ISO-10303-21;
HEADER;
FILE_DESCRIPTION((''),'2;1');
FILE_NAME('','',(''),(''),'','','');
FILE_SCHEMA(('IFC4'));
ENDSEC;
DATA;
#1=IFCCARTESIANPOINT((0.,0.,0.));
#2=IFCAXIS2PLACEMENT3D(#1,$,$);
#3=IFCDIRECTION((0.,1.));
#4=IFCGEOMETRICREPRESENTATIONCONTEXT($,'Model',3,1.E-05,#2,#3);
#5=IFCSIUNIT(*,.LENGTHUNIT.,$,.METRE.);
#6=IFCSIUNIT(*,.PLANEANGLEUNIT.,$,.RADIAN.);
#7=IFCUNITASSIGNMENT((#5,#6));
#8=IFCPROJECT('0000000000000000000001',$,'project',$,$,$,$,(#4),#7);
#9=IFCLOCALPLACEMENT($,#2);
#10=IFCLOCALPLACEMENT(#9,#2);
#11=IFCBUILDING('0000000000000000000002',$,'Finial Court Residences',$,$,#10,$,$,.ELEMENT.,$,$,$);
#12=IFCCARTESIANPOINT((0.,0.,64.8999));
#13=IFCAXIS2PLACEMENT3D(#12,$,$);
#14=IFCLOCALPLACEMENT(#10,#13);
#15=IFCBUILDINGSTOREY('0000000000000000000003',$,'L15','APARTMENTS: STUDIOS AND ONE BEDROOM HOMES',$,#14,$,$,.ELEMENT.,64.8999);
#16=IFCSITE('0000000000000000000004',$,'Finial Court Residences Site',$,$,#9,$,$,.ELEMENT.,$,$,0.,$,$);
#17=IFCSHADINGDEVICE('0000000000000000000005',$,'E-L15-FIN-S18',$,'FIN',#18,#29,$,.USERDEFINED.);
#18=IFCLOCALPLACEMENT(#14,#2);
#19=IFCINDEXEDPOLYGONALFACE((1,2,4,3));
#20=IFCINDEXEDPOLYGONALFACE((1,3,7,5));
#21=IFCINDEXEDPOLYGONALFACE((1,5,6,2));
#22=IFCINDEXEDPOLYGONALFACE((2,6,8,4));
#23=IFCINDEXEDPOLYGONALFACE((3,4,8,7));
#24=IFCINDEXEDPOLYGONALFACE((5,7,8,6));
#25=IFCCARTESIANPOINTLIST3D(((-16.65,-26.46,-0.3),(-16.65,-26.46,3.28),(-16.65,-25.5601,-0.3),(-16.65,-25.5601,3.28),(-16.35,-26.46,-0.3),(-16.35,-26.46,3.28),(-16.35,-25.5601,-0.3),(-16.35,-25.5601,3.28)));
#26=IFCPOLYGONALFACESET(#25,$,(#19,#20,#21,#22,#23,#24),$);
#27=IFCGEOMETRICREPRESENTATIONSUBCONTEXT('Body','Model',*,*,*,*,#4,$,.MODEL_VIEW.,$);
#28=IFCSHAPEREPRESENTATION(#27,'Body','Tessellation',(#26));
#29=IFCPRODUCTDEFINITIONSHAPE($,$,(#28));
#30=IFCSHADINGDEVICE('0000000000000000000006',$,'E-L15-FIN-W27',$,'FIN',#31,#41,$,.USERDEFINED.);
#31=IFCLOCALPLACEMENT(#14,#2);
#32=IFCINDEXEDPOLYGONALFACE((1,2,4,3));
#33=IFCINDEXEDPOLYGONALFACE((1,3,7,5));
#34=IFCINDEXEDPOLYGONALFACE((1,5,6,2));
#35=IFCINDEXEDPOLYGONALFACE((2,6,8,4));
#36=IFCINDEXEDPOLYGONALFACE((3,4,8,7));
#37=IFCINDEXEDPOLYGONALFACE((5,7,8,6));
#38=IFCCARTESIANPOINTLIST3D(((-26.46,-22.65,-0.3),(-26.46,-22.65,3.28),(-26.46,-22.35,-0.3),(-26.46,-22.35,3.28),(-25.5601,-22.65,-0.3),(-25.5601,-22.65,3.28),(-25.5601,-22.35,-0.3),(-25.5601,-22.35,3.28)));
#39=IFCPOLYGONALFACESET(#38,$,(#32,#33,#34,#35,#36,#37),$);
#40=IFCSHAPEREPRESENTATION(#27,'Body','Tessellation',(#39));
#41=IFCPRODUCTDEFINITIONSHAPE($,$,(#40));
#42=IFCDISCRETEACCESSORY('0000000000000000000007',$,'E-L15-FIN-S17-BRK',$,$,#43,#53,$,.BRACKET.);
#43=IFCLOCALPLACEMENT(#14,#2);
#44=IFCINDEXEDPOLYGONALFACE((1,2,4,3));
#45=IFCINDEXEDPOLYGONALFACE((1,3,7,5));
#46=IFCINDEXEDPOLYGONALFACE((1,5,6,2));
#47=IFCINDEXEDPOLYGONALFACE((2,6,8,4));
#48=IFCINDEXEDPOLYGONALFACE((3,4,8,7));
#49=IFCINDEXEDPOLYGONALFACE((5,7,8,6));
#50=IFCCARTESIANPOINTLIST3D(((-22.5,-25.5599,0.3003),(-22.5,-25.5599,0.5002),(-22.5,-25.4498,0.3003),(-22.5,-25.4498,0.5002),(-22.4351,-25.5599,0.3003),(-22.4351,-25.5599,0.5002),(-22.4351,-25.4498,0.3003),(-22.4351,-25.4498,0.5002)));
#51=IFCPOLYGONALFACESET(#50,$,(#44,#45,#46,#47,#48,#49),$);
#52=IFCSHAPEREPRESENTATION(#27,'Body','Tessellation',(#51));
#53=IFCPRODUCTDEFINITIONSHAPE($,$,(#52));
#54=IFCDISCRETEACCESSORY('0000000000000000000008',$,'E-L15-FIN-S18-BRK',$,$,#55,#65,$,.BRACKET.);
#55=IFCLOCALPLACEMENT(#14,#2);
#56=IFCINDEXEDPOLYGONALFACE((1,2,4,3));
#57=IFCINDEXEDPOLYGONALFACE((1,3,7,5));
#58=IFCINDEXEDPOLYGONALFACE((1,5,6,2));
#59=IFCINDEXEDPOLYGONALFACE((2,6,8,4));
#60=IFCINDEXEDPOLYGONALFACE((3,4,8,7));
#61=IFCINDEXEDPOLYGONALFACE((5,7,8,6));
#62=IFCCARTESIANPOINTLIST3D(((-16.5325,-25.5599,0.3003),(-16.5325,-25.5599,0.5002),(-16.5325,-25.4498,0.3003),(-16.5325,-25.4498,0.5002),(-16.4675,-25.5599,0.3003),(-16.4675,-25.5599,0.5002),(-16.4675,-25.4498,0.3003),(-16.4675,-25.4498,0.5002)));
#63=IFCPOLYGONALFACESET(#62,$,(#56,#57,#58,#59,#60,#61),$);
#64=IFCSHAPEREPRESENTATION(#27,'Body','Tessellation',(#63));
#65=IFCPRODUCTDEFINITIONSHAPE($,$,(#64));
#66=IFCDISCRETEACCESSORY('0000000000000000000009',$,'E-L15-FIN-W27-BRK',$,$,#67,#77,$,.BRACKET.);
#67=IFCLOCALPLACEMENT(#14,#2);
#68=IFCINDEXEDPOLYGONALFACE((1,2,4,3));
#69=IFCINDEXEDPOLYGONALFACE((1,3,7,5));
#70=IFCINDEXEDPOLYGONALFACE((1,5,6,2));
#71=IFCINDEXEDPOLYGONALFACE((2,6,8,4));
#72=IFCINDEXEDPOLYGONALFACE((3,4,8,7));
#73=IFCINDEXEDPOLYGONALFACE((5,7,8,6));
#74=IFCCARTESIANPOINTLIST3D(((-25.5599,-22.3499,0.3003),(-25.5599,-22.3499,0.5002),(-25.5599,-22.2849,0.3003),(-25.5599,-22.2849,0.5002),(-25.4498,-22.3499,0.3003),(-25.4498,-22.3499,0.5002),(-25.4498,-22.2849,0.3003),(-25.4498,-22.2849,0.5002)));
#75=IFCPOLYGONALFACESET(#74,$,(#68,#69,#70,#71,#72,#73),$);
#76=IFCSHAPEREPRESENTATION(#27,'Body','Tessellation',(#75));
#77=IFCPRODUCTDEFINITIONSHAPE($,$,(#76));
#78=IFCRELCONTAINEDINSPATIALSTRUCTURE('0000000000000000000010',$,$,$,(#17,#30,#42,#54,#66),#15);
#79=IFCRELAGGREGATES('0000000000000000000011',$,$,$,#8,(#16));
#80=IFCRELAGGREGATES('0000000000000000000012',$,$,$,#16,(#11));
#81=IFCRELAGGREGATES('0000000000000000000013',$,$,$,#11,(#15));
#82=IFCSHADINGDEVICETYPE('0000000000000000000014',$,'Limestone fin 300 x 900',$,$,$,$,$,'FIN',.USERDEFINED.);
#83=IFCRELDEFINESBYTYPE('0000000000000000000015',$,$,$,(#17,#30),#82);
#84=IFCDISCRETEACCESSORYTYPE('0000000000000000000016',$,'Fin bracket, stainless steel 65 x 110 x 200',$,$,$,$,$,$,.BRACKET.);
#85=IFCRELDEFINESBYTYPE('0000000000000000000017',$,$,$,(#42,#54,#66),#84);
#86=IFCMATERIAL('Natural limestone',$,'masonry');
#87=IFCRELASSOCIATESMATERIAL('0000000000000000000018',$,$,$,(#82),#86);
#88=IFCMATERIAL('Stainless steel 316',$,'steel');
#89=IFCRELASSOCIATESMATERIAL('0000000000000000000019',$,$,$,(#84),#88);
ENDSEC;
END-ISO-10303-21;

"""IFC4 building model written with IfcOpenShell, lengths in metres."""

from ifc_helpers import new_model, si_unit, direction, frame, origin, origin_2d, place, context, subcontext, project, spatial, rectangle, extrude, material, type_object, element, save


model = new_model("IFC4")

# Units and contexts
model_context = context("Model", 3, precision=1e-05, world=origin(), true_north=direction((0.0, 1.0)))
body_context = subcontext(model_context, "Body", "Model", "MODEL_VIEW")
ifc_project = project(units=[si_unit("LENGTHUNIT", "METRE"), si_unit("PLANEANGLEUNIT", "RADIAN")], contexts=[model_context])

# Site, building, storey
site_placement = place(None, origin())
site = spatial("IfcSite", under=ifc_project, at=site_placement, Name="Finial Court Residences Site", CompositionType="ELEMENT", RefElevation=0.0)
building_placement = place(site_placement, origin())
building = spatial("IfcBuilding", under=site, at=building_placement, Name="Finial Court Residences", CompositionType="ELEMENT")
storey_placement = place(building_placement, frame((0.0, 0.0, 64.8999)))
storey = spatial("IfcBuildingStorey", under=building, at=storey_placement, Name="L15", Description="APARTMENTS: STUDIOS AND ONE BEDROOM HOMES", CompositionType="ELEMENT", Elevation=64.8999)

# Shared definitions
ifc_material_1 = material(Name="Natural limestone", Category="masonry")

# Shading devices
shading_device_type = type_object("IfcShadingDeviceType", Name="Limestone fin 300 x 900", ElementType="FIN", PredefinedType="USERDEFINED", material=ifc_material_1)
for number, where, z_axis, x_axis, name in (
    (1, (-16.5, -26.01, -0.3), (0.0, 0.0, 1.0), (1.0, 0.0, 0.0), "E-L15-FIN-S18"),
):
    element("IfcShadingDevice", number, at=place(storey_placement, frame(where, z_axis=z_axis, x_axis=x_axis)), inside=storey, type_object=shading_device_type, Name=name, ObjectType="FIN", PredefinedType="USERDEFINED", context=body_context, shape_type="SweptSolid", body=[
        extrude(rectangle(XDim=0.3, YDim=0.8999, at=origin_2d()), origin(), (0.0, 0.0, 1.0), 3.5801),
    ])
shading_device_placement = place(storey_placement, frame((-26.01, -22.5, -0.3), z_axis=(0.0, 0.0, 1.0), x_axis=(1.0, 0.0, 0.0)))
element("IfcShadingDevice", 2, at=shading_device_placement, inside=storey, type_object=shading_device_type, Name="E-L15-FIN-W27", ObjectType="FIN", PredefinedType="USERDEFINED", context=body_context, shape_type="SweptSolid", body=[
    extrude(rectangle(XDim=0.8999, YDim=0.3, at=origin_2d()), origin(), (0.0, 0.0, 1.0), 3.5801),
])

# Discrete accessories
ifc_material_2 = material(Name="Stainless steel 316", Category="steel")
discrete_accessory_type = type_object("IfcDiscreteAccessoryType", Name="Fin bracket, stainless steel 65 x 110 x 200", PredefinedType="BRACKET", material=ifc_material_2)
for number, where, z_axis, x_axis, name in (
    (3, (-22.4675, -25.5049, 0.3003), (0.0, 0.0, 1.0), (1.0, 0.0, 0.0), "E-L15-FIN-S17-BRK"),
    (4, (-16.5, -25.5049, 0.3003), (0.0, 0.0, 1.0), (1.0, 0.0, 0.0), "E-L15-FIN-S18-BRK"),
):
    element("IfcDiscreteAccessory", number, at=place(storey_placement, frame(where, z_axis=z_axis, x_axis=x_axis)), inside=storey, type_object=discrete_accessory_type, Name=name, PredefinedType="BRACKET", context=body_context, shape_type="SweptSolid", body=[
        extrude(rectangle(XDim=0.0649, YDim=0.1101, at=origin_2d()), origin(), (0.0, 0.0, 1.0), 0.2),
    ])
discrete_accessory_placement = place(storey_placement, frame((-25.5049, -22.3174, 0.3003), z_axis=(0.0, 0.0, 1.0), x_axis=(1.0, 0.0, 0.0)))
element("IfcDiscreteAccessory", 5, at=discrete_accessory_placement, inside=storey, type_object=discrete_accessory_type, Name="E-L15-FIN-W27-BRK", PredefinedType="BRACKET", context=body_context, shape_type="SweptSolid", body=[
    extrude(rectangle(XDim=0.1101, YDim=0.0649, at=origin_2d()), origin(), (0.0, 0.0, 1.0), 0.2),
])

save(model, "model.ifc")
